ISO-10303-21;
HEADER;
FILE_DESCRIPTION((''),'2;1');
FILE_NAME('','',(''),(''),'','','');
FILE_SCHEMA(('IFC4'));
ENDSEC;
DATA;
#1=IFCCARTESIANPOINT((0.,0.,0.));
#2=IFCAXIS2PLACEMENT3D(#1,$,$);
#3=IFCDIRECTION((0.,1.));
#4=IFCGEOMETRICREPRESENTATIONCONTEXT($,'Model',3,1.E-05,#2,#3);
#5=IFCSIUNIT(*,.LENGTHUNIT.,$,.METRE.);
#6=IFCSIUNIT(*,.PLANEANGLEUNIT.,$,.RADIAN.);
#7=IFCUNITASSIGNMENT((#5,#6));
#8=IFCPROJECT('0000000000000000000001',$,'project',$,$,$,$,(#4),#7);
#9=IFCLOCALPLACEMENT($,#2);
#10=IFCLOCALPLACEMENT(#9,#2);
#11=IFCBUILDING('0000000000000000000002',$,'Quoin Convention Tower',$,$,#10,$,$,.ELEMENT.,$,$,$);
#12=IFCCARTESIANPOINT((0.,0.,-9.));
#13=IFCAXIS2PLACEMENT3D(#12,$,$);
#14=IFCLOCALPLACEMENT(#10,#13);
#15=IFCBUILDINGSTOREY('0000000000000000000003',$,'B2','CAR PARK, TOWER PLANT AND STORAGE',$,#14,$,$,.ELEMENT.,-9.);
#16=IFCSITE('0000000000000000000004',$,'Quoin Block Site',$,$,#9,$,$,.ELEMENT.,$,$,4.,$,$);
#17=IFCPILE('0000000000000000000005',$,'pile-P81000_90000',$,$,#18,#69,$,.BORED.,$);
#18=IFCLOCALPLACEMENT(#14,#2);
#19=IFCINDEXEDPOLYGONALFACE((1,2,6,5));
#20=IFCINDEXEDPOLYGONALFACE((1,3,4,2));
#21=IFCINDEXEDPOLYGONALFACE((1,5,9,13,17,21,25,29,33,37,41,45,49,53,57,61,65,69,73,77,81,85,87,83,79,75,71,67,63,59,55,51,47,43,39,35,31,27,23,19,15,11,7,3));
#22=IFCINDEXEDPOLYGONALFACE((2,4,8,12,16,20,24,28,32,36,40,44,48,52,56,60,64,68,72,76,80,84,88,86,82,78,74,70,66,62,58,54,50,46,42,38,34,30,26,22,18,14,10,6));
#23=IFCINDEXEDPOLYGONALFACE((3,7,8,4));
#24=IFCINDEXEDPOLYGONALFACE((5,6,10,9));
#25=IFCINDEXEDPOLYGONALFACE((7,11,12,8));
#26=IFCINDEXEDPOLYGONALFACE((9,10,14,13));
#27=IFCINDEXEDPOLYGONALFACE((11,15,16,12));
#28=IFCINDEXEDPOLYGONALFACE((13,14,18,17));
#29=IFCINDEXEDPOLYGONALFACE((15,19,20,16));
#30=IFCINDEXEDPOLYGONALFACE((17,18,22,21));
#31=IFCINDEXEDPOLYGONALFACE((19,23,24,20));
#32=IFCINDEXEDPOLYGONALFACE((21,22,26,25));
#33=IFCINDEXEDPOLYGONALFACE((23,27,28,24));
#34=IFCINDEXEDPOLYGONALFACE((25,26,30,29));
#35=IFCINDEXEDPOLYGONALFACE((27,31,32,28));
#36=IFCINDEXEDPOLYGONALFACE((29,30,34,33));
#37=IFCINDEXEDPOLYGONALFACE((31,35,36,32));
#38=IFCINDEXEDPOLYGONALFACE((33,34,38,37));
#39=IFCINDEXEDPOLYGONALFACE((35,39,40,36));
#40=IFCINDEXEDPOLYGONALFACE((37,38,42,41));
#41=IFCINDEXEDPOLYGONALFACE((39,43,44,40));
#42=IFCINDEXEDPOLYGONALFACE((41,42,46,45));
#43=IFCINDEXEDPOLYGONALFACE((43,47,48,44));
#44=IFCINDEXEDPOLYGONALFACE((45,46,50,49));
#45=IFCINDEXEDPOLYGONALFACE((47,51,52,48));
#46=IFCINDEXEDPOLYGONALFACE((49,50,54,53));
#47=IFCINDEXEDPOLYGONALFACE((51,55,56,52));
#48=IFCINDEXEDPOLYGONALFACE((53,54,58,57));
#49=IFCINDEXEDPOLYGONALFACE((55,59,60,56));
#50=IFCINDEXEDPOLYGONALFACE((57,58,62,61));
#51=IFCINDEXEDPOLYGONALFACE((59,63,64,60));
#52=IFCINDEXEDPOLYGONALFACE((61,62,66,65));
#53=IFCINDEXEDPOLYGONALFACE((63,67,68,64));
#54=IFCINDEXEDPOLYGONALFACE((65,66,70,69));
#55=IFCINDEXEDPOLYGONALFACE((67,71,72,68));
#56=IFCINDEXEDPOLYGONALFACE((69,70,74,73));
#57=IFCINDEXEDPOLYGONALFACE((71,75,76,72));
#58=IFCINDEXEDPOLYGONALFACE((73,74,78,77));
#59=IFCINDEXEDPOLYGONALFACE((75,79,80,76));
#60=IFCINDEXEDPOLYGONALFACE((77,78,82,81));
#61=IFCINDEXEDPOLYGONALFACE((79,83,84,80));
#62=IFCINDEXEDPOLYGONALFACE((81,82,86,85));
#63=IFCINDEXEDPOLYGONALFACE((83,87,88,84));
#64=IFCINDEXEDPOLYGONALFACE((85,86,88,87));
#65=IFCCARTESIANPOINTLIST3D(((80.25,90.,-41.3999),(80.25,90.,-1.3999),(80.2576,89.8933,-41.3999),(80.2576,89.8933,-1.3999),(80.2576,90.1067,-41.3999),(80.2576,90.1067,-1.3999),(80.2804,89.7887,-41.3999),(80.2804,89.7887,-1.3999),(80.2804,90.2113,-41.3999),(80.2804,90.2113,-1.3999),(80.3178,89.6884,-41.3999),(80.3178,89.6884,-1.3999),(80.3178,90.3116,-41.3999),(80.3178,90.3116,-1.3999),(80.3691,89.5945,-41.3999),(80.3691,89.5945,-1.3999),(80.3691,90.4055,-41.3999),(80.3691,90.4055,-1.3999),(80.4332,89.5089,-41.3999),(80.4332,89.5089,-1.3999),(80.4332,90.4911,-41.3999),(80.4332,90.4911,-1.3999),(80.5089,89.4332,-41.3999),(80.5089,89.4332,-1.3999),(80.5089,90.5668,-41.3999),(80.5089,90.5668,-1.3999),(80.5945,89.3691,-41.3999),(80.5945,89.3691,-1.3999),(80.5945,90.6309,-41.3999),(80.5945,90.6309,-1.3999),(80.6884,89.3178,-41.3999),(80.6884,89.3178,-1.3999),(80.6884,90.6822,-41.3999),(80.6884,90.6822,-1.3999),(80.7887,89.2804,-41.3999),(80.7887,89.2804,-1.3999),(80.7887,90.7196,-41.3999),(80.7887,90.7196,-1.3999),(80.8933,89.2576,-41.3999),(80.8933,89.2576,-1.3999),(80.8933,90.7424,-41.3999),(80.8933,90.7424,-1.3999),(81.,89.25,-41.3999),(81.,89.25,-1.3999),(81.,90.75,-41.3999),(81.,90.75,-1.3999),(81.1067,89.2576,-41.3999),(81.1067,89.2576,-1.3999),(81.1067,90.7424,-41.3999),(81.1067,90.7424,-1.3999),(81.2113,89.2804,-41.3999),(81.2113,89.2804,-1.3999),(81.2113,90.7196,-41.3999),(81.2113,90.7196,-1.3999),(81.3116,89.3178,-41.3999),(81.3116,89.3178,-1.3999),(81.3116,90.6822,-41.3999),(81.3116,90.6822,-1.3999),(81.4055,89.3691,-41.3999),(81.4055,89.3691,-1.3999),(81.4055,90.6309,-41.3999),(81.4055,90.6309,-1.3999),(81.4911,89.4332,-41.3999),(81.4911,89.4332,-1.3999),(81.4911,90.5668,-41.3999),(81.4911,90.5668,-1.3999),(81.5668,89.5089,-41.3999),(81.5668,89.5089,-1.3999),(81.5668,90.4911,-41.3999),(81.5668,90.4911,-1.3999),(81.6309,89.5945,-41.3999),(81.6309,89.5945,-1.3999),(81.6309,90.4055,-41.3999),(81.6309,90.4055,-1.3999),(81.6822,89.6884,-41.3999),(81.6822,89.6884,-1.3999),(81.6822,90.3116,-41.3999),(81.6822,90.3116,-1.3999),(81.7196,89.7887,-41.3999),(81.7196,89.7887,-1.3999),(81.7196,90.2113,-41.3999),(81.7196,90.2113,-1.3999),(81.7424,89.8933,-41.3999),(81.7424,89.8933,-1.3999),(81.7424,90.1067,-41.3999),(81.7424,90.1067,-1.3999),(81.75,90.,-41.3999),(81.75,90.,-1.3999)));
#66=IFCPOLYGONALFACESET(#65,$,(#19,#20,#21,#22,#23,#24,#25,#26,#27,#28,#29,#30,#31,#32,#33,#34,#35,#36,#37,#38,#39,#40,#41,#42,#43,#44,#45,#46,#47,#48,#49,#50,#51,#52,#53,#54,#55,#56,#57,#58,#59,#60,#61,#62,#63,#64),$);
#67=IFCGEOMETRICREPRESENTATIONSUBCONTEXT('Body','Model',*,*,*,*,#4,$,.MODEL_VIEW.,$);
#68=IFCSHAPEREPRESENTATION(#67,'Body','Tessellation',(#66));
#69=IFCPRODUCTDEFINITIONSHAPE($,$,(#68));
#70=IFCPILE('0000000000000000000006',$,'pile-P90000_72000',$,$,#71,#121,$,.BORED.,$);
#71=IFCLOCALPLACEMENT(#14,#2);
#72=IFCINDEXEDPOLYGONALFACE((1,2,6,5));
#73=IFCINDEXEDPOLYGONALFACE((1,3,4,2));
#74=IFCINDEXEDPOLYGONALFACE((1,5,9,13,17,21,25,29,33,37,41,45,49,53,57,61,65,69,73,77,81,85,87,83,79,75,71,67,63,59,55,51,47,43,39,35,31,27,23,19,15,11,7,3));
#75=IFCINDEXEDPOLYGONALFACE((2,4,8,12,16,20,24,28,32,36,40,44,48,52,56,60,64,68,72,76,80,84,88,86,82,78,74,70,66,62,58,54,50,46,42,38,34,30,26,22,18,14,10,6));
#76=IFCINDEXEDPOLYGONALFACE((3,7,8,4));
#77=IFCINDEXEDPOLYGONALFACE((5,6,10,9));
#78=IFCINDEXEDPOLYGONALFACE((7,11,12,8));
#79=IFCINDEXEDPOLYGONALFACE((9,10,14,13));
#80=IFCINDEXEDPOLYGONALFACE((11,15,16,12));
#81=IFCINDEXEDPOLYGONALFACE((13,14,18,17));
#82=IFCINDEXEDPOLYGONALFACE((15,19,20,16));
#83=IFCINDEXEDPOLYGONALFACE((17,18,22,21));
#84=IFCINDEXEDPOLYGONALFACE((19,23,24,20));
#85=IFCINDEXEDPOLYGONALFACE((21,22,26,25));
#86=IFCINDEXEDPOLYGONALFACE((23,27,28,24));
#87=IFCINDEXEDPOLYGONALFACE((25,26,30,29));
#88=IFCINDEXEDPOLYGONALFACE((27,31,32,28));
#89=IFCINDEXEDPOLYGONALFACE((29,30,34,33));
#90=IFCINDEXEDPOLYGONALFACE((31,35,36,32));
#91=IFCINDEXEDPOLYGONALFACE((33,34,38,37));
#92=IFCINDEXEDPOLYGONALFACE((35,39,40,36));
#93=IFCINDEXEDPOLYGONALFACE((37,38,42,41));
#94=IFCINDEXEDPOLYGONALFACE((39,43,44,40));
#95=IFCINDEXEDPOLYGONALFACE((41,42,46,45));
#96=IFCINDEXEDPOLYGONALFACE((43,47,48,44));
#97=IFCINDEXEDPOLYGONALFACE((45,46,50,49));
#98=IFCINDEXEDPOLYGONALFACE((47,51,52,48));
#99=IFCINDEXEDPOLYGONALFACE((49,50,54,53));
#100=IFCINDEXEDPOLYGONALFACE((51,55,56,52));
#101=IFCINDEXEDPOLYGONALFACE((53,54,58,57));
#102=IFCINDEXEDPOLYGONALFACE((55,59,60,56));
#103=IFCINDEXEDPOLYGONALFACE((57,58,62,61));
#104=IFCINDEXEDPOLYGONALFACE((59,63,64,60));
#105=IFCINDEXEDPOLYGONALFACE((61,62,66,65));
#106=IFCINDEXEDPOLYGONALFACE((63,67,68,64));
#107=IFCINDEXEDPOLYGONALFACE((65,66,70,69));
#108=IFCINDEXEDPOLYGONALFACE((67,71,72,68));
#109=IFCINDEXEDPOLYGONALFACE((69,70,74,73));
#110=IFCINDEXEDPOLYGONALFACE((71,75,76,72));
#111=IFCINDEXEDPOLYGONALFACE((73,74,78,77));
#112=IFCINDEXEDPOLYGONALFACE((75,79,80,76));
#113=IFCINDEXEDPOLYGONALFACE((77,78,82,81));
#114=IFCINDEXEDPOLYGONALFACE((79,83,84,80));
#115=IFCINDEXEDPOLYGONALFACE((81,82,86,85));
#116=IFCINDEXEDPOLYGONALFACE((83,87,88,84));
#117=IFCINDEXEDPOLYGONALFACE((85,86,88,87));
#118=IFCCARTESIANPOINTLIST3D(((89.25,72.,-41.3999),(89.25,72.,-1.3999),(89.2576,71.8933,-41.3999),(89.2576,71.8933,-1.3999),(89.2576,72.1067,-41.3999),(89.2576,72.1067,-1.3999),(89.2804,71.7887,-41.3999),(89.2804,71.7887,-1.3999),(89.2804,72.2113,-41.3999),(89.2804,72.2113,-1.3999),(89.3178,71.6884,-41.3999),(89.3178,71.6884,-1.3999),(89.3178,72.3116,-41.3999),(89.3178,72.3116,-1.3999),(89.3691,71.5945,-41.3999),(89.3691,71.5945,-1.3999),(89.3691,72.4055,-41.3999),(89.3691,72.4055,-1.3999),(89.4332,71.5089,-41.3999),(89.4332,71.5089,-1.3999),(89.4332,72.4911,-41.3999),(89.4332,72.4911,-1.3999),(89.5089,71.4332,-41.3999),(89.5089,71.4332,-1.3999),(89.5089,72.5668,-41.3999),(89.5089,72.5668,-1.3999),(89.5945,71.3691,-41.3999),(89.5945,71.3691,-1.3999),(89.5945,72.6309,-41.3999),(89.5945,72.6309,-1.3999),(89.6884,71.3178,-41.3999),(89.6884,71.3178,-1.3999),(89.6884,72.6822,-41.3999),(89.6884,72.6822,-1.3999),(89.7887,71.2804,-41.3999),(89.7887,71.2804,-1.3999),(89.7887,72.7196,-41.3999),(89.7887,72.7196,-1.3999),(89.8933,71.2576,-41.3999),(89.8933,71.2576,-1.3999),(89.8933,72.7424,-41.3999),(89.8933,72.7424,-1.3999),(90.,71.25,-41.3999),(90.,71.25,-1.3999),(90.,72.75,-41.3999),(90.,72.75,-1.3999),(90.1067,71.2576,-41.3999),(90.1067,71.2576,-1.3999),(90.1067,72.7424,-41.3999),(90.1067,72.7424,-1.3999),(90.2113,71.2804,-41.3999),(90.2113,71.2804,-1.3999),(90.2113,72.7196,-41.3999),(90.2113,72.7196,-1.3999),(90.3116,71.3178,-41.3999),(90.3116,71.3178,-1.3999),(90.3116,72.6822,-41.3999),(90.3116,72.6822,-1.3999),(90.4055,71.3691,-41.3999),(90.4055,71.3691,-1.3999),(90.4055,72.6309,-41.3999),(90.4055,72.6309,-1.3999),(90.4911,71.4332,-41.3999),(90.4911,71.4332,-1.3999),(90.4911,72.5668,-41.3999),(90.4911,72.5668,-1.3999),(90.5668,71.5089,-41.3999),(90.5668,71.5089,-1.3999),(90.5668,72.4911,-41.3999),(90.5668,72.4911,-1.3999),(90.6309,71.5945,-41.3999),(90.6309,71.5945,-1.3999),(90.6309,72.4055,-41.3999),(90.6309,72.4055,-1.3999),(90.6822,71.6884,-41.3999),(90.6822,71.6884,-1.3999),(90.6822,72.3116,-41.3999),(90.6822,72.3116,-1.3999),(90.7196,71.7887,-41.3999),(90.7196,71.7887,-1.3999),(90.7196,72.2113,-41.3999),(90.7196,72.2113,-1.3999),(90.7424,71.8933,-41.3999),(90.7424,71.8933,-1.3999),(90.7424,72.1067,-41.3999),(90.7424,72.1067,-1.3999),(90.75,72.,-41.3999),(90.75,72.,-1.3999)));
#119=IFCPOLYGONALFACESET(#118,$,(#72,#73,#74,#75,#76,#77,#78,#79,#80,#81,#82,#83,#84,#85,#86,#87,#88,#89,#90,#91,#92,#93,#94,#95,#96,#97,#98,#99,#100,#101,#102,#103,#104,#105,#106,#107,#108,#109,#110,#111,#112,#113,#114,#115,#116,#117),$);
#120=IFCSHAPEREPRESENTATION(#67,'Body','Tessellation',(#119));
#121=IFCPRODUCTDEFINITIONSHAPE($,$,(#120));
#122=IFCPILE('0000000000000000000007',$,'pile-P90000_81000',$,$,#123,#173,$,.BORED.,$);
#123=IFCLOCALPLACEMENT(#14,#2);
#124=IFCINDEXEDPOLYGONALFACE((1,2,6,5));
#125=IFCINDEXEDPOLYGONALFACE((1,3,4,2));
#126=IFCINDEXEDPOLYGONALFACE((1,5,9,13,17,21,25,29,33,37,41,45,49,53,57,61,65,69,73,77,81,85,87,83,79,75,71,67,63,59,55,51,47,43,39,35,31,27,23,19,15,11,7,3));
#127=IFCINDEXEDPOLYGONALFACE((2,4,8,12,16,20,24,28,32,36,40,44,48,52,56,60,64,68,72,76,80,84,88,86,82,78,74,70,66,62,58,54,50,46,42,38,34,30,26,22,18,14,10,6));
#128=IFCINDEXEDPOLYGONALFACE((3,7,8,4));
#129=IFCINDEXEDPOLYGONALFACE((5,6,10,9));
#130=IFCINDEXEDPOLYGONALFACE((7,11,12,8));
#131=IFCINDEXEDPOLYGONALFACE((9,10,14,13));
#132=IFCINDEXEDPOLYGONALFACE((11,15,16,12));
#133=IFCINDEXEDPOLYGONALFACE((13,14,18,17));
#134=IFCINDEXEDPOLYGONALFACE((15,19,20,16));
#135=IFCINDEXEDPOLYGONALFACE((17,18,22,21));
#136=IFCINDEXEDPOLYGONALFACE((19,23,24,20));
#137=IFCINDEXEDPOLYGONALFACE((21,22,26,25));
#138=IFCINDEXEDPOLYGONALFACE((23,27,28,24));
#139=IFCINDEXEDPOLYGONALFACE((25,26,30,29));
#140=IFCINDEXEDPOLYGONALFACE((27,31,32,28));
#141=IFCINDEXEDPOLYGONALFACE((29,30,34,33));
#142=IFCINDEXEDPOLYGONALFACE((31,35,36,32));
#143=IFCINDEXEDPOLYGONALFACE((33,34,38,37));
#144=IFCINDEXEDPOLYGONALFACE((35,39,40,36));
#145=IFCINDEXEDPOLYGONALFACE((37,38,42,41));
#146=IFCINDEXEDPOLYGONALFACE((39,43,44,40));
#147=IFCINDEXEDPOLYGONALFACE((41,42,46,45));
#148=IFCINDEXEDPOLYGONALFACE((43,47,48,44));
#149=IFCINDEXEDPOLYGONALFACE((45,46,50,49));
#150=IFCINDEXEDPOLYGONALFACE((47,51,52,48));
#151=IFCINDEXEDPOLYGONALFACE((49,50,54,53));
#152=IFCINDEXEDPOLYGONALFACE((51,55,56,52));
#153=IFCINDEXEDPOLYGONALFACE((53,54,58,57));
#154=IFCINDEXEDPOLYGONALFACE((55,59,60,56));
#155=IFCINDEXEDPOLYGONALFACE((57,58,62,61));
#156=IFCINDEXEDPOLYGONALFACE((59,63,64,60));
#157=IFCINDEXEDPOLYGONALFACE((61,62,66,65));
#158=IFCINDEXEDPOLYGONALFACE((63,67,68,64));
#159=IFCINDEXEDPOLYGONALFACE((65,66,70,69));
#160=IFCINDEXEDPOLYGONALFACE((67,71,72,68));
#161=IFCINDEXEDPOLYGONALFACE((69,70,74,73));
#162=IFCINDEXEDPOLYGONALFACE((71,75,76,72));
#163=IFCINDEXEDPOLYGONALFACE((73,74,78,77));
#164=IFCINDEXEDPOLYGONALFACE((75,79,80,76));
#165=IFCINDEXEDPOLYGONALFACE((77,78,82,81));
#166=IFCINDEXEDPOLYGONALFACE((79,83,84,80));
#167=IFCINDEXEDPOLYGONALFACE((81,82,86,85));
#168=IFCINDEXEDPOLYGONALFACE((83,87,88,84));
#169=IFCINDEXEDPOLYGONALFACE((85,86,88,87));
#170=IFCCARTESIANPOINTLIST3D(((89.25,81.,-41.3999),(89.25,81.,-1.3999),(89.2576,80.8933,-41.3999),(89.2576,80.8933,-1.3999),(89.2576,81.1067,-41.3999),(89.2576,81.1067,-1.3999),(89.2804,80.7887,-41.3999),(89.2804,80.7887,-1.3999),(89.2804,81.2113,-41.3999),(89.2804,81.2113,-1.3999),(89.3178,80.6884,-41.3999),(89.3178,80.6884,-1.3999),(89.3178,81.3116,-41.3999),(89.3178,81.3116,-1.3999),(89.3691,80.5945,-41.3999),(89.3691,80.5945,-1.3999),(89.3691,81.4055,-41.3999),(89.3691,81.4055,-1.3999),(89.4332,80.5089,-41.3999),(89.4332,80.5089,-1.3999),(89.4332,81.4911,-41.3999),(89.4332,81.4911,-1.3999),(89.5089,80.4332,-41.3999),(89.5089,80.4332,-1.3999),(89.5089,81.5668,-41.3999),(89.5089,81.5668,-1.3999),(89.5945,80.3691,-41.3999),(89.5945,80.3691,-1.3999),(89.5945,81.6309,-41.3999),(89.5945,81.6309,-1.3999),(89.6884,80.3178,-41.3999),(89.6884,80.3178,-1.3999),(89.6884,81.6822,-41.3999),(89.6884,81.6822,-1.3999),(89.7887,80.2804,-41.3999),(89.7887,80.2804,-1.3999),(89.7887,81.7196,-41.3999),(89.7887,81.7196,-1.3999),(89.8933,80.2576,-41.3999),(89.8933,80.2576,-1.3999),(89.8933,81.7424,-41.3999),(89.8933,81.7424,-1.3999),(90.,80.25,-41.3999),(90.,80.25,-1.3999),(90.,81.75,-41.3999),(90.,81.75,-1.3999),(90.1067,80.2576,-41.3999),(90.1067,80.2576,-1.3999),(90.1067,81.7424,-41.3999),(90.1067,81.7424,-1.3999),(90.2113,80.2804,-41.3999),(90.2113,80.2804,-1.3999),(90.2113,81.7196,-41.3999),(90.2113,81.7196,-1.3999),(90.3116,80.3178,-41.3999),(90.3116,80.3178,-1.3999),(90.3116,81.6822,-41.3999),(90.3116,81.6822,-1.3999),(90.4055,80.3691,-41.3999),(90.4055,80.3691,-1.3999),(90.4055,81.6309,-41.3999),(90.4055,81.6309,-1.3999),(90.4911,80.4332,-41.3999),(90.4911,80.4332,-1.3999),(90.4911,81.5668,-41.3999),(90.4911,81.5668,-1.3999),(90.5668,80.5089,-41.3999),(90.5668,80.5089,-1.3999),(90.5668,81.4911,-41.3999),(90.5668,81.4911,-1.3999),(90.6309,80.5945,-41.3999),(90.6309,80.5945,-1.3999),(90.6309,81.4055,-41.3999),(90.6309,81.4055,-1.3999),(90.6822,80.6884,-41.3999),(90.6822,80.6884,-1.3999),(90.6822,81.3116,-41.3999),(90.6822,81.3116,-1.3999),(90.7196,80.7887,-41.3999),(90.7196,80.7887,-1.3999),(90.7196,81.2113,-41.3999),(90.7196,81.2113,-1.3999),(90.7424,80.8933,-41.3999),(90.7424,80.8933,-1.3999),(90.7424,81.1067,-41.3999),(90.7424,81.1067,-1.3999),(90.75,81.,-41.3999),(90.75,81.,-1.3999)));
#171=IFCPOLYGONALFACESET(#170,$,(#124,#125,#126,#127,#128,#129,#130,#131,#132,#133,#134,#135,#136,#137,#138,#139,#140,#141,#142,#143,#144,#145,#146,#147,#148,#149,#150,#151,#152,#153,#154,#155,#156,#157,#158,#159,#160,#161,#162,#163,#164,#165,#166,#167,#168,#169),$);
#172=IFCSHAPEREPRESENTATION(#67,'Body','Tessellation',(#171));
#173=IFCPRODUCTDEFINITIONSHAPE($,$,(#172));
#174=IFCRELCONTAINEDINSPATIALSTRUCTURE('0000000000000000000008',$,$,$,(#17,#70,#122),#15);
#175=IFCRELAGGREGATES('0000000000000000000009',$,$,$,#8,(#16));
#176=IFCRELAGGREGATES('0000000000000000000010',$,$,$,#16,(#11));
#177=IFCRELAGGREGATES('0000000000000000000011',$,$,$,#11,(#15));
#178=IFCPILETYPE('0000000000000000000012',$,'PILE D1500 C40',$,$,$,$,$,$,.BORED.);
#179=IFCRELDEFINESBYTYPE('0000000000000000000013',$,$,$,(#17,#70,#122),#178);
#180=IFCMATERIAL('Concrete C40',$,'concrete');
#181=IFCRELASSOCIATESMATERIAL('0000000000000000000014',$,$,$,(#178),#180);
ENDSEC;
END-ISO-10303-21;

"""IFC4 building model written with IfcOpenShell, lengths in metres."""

from ifc_helpers import new_model, si_unit, direction, frame, origin, origin_2d, place, context, subcontext, project, spatial, circle, extrude, material, material_profile, profile_set, type_object, element, save


model = new_model("IFC4")

# Units and contexts
model_context = context("Model", 3, precision=1e-05, world=origin(), true_north=direction((0.0, 1.0)))
body_context = subcontext(model_context, "Body", "Model", "MODEL_VIEW")
ifc_project = project(units=[si_unit("LENGTHUNIT", "METRE"), si_unit("PLANEANGLEUNIT", "RADIAN")], contexts=[model_context])

# Site, building, storey
site_placement = place(None, origin())
site = spatial("IfcSite", under=ifc_project, at=site_placement, Name="Quoin Block Site", CompositionType="ELEMENT", RefElevation=4.0)
building_placement = place(site_placement, origin())
building = spatial("IfcBuilding", under=site, at=building_placement, Name="Quoin Convention Tower", CompositionType="ELEMENT")
storey_placement = place(building_placement, frame((0.0, 0.0, -9.0)))
storey = spatial("IfcBuildingStorey", under=building, at=storey_placement, Name="B2", Description="CAR PARK, TOWER PLANT AND STORAGE", CompositionType="ELEMENT", Elevation=-9.0)

# Piles
ifc_material_1 = material(Name="Concrete C40", Category="concrete")
ifc_material_profile_1 = material_profile(ifc_material_1, circle(Radius=0.75, at=origin_2d()), Name="D1500")
ifc_profile_set_1 = profile_set([ifc_material_profile_1], Name="Concrete C40")
pile_type = type_object("IfcPileType", Name="PILE D1500 C40", PredefinedType="BORED", material=ifc_profile_set_1)
for number, where, z_axis, x_axis, name in (
    (1, (81.0, 90.0, -1.3999), (0.0, 0.0, -1.0), (1.0, 0.0, 0.0), "pile-P81000_90000"),
    (2, (90.0, 72.0, -1.3999), (0.0, 0.0, -1.0), (1.0, 0.0, 0.0), "pile-P90000_72000"),
    (3, (90.0, 81.0, -1.3999), (0.0, 0.0, -1.0), (1.0, 0.0, 0.0), "pile-P90000_81000"),
):
    element("IfcPile", number, at=place(storey_placement, frame(where, z_axis=z_axis, x_axis=x_axis)), inside=storey, type_object=pile_type, Name=name, PredefinedType="BORED", context=body_context, shape_type="SweptSolid", body=[
        extrude(circle(Radius=0.75, at=origin_2d()), origin(), (0.0, 0.0, 1.0), 40.0),
    ])

save(model, "model.ifc")
